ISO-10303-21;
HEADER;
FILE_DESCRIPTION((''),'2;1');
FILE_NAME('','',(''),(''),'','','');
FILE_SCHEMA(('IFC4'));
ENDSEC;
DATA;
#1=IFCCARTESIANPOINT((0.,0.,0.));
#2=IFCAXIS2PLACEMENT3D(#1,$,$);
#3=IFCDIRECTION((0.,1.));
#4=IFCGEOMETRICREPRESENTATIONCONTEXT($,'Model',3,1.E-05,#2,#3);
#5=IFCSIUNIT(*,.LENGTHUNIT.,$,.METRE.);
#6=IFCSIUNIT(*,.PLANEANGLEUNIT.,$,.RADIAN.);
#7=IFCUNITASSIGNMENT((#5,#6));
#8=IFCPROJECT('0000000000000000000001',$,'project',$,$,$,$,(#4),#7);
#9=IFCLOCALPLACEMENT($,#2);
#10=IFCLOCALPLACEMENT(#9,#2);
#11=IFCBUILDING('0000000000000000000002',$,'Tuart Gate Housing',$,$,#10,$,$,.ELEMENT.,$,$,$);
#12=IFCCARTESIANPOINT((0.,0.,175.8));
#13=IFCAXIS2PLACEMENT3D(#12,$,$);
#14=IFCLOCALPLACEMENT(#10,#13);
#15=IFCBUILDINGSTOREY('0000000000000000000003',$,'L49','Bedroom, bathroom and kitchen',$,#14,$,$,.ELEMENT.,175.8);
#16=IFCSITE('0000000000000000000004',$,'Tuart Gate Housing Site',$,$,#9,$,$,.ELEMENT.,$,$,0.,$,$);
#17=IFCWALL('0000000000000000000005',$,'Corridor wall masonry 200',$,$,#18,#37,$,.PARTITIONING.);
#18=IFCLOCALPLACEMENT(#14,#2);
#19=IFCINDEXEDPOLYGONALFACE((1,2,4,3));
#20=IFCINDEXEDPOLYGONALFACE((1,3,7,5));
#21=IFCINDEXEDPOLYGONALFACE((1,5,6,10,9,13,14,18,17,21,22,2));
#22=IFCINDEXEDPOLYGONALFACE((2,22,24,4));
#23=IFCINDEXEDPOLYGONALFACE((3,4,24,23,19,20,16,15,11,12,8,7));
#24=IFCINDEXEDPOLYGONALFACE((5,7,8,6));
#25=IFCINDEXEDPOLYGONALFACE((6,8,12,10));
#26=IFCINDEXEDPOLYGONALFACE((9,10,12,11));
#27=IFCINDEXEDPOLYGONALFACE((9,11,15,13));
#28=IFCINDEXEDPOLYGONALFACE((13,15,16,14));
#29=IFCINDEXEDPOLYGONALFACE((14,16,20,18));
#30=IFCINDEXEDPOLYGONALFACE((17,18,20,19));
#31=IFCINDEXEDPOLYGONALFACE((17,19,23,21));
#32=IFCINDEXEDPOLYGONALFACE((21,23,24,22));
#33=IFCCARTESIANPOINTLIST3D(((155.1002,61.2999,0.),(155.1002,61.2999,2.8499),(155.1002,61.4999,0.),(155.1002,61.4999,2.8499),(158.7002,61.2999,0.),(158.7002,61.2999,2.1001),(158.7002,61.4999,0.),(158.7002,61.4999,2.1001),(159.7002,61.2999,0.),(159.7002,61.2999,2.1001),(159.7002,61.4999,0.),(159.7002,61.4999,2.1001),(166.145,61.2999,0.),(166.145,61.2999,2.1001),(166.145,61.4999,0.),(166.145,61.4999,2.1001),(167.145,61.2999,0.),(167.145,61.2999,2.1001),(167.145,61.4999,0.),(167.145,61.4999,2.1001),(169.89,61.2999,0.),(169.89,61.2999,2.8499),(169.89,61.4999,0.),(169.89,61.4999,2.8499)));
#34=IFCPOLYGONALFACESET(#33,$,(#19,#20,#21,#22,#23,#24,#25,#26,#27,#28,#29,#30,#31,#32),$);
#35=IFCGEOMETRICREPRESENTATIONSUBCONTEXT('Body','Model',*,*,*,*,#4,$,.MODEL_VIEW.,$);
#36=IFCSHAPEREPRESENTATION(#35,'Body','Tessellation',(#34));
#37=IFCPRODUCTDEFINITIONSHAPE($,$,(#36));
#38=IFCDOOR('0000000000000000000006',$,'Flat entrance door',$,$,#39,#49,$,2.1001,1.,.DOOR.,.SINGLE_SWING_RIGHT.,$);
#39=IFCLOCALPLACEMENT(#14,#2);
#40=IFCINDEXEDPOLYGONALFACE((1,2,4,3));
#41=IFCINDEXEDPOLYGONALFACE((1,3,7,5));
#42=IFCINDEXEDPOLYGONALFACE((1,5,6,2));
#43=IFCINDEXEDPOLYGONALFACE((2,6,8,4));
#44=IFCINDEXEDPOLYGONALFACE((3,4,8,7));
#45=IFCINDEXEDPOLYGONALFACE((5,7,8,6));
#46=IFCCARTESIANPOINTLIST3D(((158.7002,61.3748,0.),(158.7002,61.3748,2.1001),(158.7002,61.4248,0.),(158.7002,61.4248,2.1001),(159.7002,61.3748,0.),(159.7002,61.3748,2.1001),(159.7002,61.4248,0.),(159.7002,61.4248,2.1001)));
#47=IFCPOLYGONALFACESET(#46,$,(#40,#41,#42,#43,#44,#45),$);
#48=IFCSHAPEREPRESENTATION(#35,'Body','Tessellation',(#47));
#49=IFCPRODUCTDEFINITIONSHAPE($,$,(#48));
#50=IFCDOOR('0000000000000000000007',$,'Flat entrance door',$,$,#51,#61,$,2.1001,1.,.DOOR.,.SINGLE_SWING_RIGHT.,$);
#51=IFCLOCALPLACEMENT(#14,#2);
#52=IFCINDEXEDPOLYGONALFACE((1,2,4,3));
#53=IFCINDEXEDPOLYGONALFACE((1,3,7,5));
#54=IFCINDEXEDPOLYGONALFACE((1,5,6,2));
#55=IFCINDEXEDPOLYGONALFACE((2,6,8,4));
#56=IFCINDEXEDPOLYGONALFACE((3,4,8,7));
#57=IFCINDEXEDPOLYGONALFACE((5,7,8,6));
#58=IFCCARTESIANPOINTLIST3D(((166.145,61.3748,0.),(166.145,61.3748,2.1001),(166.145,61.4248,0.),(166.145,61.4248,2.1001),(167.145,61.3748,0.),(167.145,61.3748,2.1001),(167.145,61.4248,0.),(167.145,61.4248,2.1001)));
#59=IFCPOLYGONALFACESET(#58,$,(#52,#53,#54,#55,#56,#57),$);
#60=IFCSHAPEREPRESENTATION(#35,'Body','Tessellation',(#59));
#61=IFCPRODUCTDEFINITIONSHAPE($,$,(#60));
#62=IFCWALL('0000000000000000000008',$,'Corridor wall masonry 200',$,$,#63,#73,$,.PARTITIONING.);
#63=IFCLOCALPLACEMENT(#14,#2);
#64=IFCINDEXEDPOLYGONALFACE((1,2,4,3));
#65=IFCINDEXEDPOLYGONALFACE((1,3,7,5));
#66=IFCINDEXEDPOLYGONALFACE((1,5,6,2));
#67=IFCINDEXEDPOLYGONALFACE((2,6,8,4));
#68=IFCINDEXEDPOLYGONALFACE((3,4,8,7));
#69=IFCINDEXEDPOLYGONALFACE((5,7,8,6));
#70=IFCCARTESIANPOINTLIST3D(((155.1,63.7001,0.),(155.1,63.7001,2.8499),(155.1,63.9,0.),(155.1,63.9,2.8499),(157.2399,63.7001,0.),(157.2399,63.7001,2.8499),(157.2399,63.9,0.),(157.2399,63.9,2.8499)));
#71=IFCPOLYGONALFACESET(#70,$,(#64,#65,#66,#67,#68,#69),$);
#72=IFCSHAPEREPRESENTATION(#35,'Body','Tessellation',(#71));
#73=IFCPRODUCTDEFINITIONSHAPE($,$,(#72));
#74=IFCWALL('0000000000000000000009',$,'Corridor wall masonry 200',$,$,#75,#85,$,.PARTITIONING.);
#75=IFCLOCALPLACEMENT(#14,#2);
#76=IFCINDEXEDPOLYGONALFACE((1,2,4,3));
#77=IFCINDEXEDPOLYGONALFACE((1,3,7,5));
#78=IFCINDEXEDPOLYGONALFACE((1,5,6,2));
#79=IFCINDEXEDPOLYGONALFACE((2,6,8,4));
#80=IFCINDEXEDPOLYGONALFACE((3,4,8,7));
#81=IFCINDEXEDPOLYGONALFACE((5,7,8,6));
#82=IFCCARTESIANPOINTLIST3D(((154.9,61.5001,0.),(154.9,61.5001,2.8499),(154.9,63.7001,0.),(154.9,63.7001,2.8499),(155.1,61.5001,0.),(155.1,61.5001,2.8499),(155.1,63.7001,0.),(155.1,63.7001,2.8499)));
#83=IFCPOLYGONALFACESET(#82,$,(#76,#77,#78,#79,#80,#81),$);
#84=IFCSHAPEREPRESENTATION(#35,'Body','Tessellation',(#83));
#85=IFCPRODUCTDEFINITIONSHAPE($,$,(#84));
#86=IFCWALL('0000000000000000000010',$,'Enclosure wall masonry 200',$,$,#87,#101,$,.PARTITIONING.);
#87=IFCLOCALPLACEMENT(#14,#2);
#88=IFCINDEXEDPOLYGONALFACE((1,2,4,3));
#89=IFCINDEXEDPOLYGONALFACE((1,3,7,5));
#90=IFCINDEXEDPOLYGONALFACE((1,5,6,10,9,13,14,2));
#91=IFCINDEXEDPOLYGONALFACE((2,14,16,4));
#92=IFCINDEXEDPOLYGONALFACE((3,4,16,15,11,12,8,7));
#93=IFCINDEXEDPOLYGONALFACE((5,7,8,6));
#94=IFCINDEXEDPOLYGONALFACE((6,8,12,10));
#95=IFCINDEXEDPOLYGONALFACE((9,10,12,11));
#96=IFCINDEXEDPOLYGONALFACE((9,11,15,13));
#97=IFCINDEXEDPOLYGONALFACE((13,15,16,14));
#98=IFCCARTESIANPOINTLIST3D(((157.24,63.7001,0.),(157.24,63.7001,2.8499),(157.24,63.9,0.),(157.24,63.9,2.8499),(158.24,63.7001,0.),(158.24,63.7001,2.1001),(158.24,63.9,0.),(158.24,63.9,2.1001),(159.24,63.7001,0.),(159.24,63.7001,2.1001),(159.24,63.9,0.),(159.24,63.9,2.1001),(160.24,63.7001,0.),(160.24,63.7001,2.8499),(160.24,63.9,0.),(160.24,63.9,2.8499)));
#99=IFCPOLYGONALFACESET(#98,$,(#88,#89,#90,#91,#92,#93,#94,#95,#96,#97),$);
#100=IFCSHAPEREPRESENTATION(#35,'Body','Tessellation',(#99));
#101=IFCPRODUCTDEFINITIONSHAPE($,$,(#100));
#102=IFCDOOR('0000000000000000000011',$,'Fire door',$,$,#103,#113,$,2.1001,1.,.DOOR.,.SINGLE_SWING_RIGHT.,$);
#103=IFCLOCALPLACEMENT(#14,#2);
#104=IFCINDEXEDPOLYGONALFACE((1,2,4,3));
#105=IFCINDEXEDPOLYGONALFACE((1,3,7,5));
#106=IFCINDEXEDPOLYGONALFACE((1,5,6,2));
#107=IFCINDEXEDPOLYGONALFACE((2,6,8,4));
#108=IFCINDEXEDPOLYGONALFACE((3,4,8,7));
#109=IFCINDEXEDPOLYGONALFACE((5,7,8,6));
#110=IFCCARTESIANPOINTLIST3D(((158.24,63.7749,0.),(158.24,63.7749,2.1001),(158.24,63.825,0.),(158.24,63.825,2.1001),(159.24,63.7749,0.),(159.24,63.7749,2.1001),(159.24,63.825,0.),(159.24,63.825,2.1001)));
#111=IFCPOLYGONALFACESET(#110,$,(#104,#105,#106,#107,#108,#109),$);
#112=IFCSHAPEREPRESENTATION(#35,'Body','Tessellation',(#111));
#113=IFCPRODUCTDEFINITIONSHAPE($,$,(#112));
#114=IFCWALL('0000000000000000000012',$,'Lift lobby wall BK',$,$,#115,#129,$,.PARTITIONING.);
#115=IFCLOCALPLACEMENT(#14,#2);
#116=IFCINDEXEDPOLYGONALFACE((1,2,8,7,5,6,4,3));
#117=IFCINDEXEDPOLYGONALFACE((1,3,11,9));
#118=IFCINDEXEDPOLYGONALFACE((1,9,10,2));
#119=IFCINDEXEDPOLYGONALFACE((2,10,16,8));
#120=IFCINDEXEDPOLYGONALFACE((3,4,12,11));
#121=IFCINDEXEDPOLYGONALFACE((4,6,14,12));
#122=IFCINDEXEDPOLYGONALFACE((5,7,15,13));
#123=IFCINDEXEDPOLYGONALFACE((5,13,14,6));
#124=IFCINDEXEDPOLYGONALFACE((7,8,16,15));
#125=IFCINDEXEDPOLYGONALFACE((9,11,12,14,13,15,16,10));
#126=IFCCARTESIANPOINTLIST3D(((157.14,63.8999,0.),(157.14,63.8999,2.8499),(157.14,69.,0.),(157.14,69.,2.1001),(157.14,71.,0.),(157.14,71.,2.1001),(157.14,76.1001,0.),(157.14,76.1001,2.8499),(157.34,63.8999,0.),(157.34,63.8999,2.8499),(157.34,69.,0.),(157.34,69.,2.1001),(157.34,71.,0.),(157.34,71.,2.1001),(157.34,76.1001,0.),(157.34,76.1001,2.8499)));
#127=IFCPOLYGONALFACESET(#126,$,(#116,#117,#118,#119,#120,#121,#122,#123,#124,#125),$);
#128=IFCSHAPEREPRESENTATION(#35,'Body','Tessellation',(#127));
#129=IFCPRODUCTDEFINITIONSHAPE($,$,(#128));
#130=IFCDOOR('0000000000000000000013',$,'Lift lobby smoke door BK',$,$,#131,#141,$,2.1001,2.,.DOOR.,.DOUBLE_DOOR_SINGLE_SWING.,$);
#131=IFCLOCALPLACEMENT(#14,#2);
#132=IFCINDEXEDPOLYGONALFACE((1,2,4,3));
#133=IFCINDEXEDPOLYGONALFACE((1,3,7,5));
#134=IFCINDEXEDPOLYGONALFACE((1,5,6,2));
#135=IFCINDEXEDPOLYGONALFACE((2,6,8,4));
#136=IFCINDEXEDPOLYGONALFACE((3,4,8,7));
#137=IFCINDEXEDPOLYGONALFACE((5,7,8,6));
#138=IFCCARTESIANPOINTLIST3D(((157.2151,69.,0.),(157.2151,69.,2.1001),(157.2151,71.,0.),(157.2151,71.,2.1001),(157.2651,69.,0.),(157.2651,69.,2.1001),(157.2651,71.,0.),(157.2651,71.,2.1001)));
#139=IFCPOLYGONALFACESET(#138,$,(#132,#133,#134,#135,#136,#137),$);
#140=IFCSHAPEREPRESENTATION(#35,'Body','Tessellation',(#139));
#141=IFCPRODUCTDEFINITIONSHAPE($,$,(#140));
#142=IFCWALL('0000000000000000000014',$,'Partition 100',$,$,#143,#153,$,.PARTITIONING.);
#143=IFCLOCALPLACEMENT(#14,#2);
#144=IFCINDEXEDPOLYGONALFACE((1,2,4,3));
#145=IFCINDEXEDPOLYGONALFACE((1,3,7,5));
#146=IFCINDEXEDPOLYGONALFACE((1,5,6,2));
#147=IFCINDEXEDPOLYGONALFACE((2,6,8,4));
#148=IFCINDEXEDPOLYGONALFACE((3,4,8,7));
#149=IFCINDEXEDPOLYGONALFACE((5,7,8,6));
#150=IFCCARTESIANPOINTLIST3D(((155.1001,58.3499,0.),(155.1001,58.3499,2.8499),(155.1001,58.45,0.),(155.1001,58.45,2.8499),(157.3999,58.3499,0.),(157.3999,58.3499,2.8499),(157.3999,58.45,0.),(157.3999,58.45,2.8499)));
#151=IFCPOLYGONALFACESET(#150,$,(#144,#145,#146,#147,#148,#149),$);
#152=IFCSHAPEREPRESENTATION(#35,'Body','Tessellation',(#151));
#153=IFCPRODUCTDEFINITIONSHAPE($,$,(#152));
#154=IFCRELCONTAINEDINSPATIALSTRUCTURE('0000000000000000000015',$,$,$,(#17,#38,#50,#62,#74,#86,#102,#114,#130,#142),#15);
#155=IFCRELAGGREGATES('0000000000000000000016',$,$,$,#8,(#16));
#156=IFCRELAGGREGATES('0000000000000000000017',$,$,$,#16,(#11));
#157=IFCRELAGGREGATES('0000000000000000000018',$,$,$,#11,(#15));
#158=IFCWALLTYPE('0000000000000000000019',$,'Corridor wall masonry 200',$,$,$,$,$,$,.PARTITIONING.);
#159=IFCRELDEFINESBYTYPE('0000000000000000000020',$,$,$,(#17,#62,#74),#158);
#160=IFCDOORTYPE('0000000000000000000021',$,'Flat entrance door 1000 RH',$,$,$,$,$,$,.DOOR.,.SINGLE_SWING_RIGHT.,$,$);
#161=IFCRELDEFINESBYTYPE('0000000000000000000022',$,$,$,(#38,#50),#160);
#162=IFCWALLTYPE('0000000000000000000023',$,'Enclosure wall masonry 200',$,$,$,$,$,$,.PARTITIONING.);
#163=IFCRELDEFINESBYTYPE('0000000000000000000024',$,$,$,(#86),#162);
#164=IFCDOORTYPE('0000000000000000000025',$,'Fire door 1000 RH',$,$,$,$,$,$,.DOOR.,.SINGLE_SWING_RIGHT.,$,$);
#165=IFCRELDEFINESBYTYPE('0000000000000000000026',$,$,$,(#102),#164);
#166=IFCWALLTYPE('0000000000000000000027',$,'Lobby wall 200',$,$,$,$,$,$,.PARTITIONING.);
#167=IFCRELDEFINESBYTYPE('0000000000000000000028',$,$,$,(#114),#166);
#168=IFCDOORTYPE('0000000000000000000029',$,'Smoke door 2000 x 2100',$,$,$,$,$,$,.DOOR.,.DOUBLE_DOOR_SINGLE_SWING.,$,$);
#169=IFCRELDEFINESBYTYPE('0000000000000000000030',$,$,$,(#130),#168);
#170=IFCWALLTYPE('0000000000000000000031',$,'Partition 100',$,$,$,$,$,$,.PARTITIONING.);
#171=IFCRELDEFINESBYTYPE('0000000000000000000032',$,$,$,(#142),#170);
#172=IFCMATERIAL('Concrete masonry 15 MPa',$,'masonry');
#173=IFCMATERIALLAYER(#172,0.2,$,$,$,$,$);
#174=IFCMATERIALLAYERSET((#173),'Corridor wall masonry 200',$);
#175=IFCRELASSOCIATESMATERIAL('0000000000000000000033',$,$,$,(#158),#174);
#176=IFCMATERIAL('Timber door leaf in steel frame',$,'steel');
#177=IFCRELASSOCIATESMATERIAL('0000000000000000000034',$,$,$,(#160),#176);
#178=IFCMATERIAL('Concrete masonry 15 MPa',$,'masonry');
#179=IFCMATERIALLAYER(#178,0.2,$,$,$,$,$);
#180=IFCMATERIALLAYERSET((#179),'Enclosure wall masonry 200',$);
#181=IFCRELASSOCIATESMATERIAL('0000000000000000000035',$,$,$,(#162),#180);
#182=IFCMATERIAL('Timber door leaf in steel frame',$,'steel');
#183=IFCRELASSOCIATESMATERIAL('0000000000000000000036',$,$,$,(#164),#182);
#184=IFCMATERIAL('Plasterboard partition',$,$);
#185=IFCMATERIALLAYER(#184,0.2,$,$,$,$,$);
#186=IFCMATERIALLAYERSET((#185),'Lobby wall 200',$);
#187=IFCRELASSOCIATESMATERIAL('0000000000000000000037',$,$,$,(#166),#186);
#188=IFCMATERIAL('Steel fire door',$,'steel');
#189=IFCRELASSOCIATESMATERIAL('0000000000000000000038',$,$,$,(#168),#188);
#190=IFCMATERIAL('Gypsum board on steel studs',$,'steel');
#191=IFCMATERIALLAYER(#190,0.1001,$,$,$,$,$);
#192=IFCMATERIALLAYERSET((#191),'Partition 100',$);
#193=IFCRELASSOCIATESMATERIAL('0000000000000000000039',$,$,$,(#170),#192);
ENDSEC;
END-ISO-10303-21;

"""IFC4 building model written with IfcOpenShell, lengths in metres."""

from ifc_helpers import new_model, si_unit, direction, frame, frame_2d, origin, place, context, subcontext, project, spatial, rectangle, extrude, material, layer, layer_set, type_object, element, fill, save


model = new_model("IFC4")

# Units and contexts
model_context = context("Model", 3, precision=1e-05, world=origin(), true_north=direction((0.0, 1.0)))
body_context = subcontext(model_context, "Body", "Model", "MODEL_VIEW")
ifc_project = project(units=[si_unit("LENGTHUNIT", "METRE"), si_unit("PLANEANGLEUNIT", "RADIAN")], contexts=[model_context])

# Site, building, storey
site_placement = place(None, origin())
site = spatial("IfcSite", under=ifc_project, at=site_placement, Name="Tuart Gate Housing Site", CompositionType="ELEMENT", RefElevation=0.0)
building_placement = place(site_placement, origin())
building = spatial("IfcBuilding", under=site, at=building_placement, Name="Tuart Gate Housing", CompositionType="ELEMENT")
storey_placement = place(building_placement, frame((0.0, 0.0, 175.8)))
storey = spatial("IfcBuildingStorey", under=building, at=storey_placement, Name="L49", Description="Bedroom, bathroom and kitchen", CompositionType="ELEMENT", Elevation=175.8)

# Wall, openings, doors
ifc_material_1 = material(Name="Concrete masonry 15 MPa", Category="masonry")
ifc_layer_1 = layer(ifc_material_1, 0.2)
ifc_layer_set_1 = layer_set([ifc_layer_1], Name="Corridor wall masonry 200")
wall_type_1 = type_object("IfcWallType", Name="Corridor wall masonry 200", PredefinedType="PARTITIONING", material=ifc_layer_set_1)
wall_1_placement = place(storey_placement, frame((155.1001, 61.3999, 0.0), z_axis=(0.0, 0.0, 1.0), x_axis=(1.0, 0.0, 0.0)))
wall_1 = element("IfcWall", 1, at=wall_1_placement, inside=storey, type_object=wall_type_1, Name="Corridor wall masonry 200", PredefinedType="PARTITIONING", context=body_context, shape_type="SweptSolid", body=[
    extrude(rectangle(XDim=14.7898, YDim=0.2, at=frame_2d((7.395, 0.0))), origin(), (0.0, 0.0, 1.0), 2.8499),
])
opening_1_placement = place(wall_1_placement, frame((3.6001, 0.0, 0.0)))
opening_1 = element("IfcOpeningElement", 2, at=opening_1_placement, cuts=wall_1, PredefinedType="OPENING", context=body_context, shape_type="SweptSolid", body=[
    extrude(rectangle(XDim=1.0, YDim=2.1001, at=frame_2d((0.5, 1.05))), frame((0.0, 0.1099, 0.0), z_axis=(0.0, -1.0, 0.0), x_axis=(1.0, 0.0, 0.0)), (0.0, 0.0, 1.0), 0.22),
])
opening_2_placement = place(wall_1_placement, frame((11.0449, 0.0, 0.0)))
opening_2 = element("IfcOpeningElement", 3, at=opening_2_placement, cuts=wall_1, PredefinedType="OPENING", context=body_context, shape_type="SweptSolid", body=[
    extrude(rectangle(XDim=1.0, YDim=2.1001, at=frame_2d((0.5, 1.05))), frame((0.0, 0.1099, 0.0), z_axis=(0.0, -1.0, 0.0), x_axis=(1.0, 0.0, 0.0)), (0.0, 0.0, 1.0), 0.22),
])
ifc_material_2 = material(Name="Timber door leaf in steel frame", Category="steel")
door_type_1 = type_object("IfcDoorType", Name="Flat entrance door 1000 RH", OperationType="SINGLE_SWING_RIGHT", PredefinedType="DOOR", material=ifc_material_2)
door_1_placement = place(opening_1_placement, frame((1.0, 0.0, 0.0), z_axis=(0.0, 0.0, 1.0), x_axis=(-1.0, 0.0, 0.0)))
door_1 = element("IfcDoor", 4, at=door_1_placement, inside=storey, type_object=door_type_1, Name="Flat entrance door", OperationType="SINGLE_SWING_RIGHT", OverallHeight=2.1001, OverallWidth=1.0, PredefinedType="DOOR", context=body_context, shape_type="SweptSolid", body=[
    extrude(rectangle(XDim=1.0, YDim=2.1001, at=frame_2d((0.5, 1.05))), frame((0.0, 0.0251, 0.0), z_axis=(0.0, -1.0, 0.0), x_axis=(1.0, 0.0, 0.0)), (0.0, 0.0, 1.0), 0.05),
])
fill(opening_1, door_1)
door_2_placement = place(opening_2_placement, frame((1.0, 0.0, 0.0), z_axis=(0.0, 0.0, 1.0), x_axis=(-1.0, 0.0, 0.0)))
door_2 = element("IfcDoor", 5, at=door_2_placement, inside=storey, type_object=door_type_1, Name="Flat entrance door", OperationType="SINGLE_SWING_RIGHT", OverallHeight=2.1001, OverallWidth=1.0, PredefinedType="DOOR", context=body_context, shape_type="SweptSolid", body=[
    extrude(rectangle(XDim=1.0, YDim=2.1001, at=frame_2d((0.5, 1.05))), frame((0.0, 0.0251, 0.0), z_axis=(0.0, -1.0, 0.0), x_axis=(1.0, 0.0, 0.0)), (0.0, 0.0, 1.0), 0.05),
])
fill(opening_2, door_2)

# Walls
wall_2_placement = place(storey_placement, frame((155.1001, 63.8, 0.0), z_axis=(0.0, 0.0, 1.0), x_axis=(1.0, 0.0, 0.0)))
element("IfcWall", 6, at=wall_2_placement, inside=storey, type_object=wall_type_1, Name="Corridor wall masonry 200", PredefinedType="PARTITIONING", context=body_context, shape_type="SweptSolid", body=[
    extrude(rectangle(XDim=2.1399, YDim=0.2, at=frame_2d((1.0698, 0.0))), origin(), (0.0, 0.0, 1.0), 2.8499),
])
wall_3_placement = place(storey_placement, frame((155.0, 61.5, 0.0), z_axis=(0.0, 0.0, 1.0), x_axis=(0.0, 1.0, 0.0)))
element("IfcWall", 7, at=wall_3_placement, inside=storey, type_object=wall_type_1, Name="Corridor wall masonry 200", PredefinedType="PARTITIONING", context=body_context, shape_type="SweptSolid", body=[
    extrude(rectangle(XDim=2.2, YDim=0.2, at=frame_2d((1.1001, 0.0))), origin(), (0.0, 0.0, 1.0), 2.8499),
])

# Walls, openings, doors
ifc_material_3 = material(Name="Concrete masonry 15 MPa", Category="masonry")
ifc_layer_2 = layer(ifc_material_3, 0.2)
ifc_layer_set_2 = layer_set([ifc_layer_2], Name="Enclosure wall masonry 200")
wall_type_2 = type_object("IfcWallType", Name="Enclosure wall masonry 200", PredefinedType="PARTITIONING", material=ifc_layer_set_2)
wall_4_placement = place(storey_placement, frame((157.24, 63.8, 0.0), z_axis=(0.0, 0.0, 1.0), x_axis=(1.0, 0.0, 0.0)))
wall_4 = element("IfcWall", 8, at=wall_4_placement, inside=storey, type_object=wall_type_2, Name="Enclosure wall masonry 200", PredefinedType="PARTITIONING", context=body_context, shape_type="SweptSolid", body=[
    extrude(rectangle(XDim=3.0, YDim=0.2, at=frame_2d((1.5, 0.0))), origin(), (0.0, 0.0, 1.0), 2.8499),
])
opening_3_placement = place(wall_4_placement, frame((1.0, 0.0, 0.0)))
opening_3 = element("IfcOpeningElement", 9, at=opening_3_placement, cuts=wall_4, PredefinedType="OPENING", context=body_context, shape_type="SweptSolid", body=[
    extrude(rectangle(XDim=1.0, YDim=2.1001, at=frame_2d((0.5, 1.05))), frame((0.0, 0.1099, 0.0), z_axis=(0.0, -1.0, 0.0), x_axis=(1.0, 0.0, 0.0)), (0.0, 0.0, 1.0), 0.22),
])
ifc_material_4 = material(Name="Timber door leaf in steel frame", Category="steel")
door_type_2 = type_object("IfcDoorType", Name="Fire door 1000 RH", OperationType="SINGLE_SWING_RIGHT", PredefinedType="DOOR", material=ifc_material_4)
door_3_placement = place(opening_3_placement, frame((1.0, 0.0, 0.0), z_axis=(0.0, 0.0, 1.0), x_axis=(-1.0, 0.0, 0.0)))
door_3 = element("IfcDoor", 10, at=door_3_placement, inside=storey, type_object=door_type_2, Name="Fire door", OperationType="SINGLE_SWING_RIGHT", OverallHeight=2.1001, OverallWidth=1.0, PredefinedType="DOOR", context=body_context, shape_type="SweptSolid", body=[
    extrude(rectangle(XDim=1.0, YDim=2.1001, at=frame_2d((0.5, 1.05))), frame((0.0, 0.0251, 0.0), z_axis=(0.0, -1.0, 0.0), x_axis=(1.0, 0.0, 0.0)), (0.0, 0.0, 1.0), 0.05),
])
fill(opening_3, door_3)
ifc_material_5 = material(Name="Plasterboard partition")
ifc_layer_3 = layer(ifc_material_5, 0.2)
ifc_layer_set_3 = layer_set([ifc_layer_3], Name="Lobby wall 200")
wall_type_3 = type_object("IfcWallType", Name="Lobby wall 200", PredefinedType="PARTITIONING", material=ifc_layer_set_3)
wall_5_placement = place(storey_placement, frame((157.24, 63.8999, 0.0), z_axis=(0.0, 0.0, 1.0), x_axis=(0.0, 1.0, 0.0)))
wall_5 = element("IfcWall", 11, at=wall_5_placement, inside=storey, type_object=wall_type_3, Name="Lift lobby wall BK", PredefinedType="PARTITIONING", context=body_context, shape_type="SweptSolid", body=[
    extrude(rectangle(XDim=12.2002, YDim=0.2, at=frame_2d((6.1001, 0.0))), origin(), (0.0, 0.0, 1.0), 2.8499),
])
opening_4_placement = place(wall_5_placement, frame((5.1001, 0.0, 0.0)))
opening_4 = element("IfcOpeningElement", 12, at=opening_4_placement, cuts=wall_5, PredefinedType="OPENING", context=body_context, shape_type="SweptSolid", body=[
    extrude(rectangle(XDim=2.0, YDim=2.1001, at=frame_2d((1.0, 1.05))), frame((0.0, 0.1099, 0.0), z_axis=(0.0, -1.0, 0.0), x_axis=(1.0, 0.0, 0.0)), (0.0, 0.0, 1.0), 0.22),
])
ifc_material_6 = material(Name="Steel fire door", Category="steel")
door_type_3 = type_object("IfcDoorType", Name="Smoke door 2000 x 2100", OperationType="DOUBLE_DOOR_SINGLE_SWING", PredefinedType="DOOR", material=ifc_material_6)
door_4_placement = place(opening_4_placement, frame((2.0, 0.0, 0.0), z_axis=(0.0, 0.0, 1.0), x_axis=(-1.0, 0.0, 0.0)))
door_4 = element("IfcDoor", 13, at=door_4_placement, inside=storey, type_object=door_type_3, Name="Lift lobby smoke door BK", OperationType="DOUBLE_DOOR_SINGLE_SWING", OverallHeight=2.1001, OverallWidth=2.0, PredefinedType="DOOR", context=body_context, shape_type="SweptSolid", body=[
    extrude(rectangle(XDim=2.0, YDim=2.1001, at=frame_2d((1.0, 1.05))), frame((0.0, 0.0251, 0.0), z_axis=(0.0, -1.0, 0.0), x_axis=(1.0, 0.0, 0.0)), (0.0, 0.0, 1.0), 0.05),
])
fill(opening_4, door_4)

# Wall
ifc_material_7 = material(Name="Gypsum board on steel studs", Category="steel")
ifc_layer_4 = layer(ifc_material_7, 0.1001)
ifc_layer_set_4 = layer_set([ifc_layer_4], Name="Partition 100")
wall_type_4 = type_object("IfcWallType", Name="Partition 100", PredefinedType="PARTITIONING", material=ifc_layer_set_4)
wall_6_placement = place(storey_placement, frame((155.1001, 58.3999, 0.0), z_axis=(0.0, 0.0, 1.0), x_axis=(1.0, 0.0, 0.0)))
element("IfcWall", 14, at=wall_6_placement, inside=storey, type_object=wall_type_4, Name="Partition 100", PredefinedType="PARTITIONING", context=body_context, shape_type="SweptSolid", body=[
    extrude(rectangle(XDim=2.2998, YDim=0.1001, at=frame_2d((1.1499, 0.0))), origin(), (0.0, 0.0, 1.0), 2.8499),
])

save(model, "model.ifc")
